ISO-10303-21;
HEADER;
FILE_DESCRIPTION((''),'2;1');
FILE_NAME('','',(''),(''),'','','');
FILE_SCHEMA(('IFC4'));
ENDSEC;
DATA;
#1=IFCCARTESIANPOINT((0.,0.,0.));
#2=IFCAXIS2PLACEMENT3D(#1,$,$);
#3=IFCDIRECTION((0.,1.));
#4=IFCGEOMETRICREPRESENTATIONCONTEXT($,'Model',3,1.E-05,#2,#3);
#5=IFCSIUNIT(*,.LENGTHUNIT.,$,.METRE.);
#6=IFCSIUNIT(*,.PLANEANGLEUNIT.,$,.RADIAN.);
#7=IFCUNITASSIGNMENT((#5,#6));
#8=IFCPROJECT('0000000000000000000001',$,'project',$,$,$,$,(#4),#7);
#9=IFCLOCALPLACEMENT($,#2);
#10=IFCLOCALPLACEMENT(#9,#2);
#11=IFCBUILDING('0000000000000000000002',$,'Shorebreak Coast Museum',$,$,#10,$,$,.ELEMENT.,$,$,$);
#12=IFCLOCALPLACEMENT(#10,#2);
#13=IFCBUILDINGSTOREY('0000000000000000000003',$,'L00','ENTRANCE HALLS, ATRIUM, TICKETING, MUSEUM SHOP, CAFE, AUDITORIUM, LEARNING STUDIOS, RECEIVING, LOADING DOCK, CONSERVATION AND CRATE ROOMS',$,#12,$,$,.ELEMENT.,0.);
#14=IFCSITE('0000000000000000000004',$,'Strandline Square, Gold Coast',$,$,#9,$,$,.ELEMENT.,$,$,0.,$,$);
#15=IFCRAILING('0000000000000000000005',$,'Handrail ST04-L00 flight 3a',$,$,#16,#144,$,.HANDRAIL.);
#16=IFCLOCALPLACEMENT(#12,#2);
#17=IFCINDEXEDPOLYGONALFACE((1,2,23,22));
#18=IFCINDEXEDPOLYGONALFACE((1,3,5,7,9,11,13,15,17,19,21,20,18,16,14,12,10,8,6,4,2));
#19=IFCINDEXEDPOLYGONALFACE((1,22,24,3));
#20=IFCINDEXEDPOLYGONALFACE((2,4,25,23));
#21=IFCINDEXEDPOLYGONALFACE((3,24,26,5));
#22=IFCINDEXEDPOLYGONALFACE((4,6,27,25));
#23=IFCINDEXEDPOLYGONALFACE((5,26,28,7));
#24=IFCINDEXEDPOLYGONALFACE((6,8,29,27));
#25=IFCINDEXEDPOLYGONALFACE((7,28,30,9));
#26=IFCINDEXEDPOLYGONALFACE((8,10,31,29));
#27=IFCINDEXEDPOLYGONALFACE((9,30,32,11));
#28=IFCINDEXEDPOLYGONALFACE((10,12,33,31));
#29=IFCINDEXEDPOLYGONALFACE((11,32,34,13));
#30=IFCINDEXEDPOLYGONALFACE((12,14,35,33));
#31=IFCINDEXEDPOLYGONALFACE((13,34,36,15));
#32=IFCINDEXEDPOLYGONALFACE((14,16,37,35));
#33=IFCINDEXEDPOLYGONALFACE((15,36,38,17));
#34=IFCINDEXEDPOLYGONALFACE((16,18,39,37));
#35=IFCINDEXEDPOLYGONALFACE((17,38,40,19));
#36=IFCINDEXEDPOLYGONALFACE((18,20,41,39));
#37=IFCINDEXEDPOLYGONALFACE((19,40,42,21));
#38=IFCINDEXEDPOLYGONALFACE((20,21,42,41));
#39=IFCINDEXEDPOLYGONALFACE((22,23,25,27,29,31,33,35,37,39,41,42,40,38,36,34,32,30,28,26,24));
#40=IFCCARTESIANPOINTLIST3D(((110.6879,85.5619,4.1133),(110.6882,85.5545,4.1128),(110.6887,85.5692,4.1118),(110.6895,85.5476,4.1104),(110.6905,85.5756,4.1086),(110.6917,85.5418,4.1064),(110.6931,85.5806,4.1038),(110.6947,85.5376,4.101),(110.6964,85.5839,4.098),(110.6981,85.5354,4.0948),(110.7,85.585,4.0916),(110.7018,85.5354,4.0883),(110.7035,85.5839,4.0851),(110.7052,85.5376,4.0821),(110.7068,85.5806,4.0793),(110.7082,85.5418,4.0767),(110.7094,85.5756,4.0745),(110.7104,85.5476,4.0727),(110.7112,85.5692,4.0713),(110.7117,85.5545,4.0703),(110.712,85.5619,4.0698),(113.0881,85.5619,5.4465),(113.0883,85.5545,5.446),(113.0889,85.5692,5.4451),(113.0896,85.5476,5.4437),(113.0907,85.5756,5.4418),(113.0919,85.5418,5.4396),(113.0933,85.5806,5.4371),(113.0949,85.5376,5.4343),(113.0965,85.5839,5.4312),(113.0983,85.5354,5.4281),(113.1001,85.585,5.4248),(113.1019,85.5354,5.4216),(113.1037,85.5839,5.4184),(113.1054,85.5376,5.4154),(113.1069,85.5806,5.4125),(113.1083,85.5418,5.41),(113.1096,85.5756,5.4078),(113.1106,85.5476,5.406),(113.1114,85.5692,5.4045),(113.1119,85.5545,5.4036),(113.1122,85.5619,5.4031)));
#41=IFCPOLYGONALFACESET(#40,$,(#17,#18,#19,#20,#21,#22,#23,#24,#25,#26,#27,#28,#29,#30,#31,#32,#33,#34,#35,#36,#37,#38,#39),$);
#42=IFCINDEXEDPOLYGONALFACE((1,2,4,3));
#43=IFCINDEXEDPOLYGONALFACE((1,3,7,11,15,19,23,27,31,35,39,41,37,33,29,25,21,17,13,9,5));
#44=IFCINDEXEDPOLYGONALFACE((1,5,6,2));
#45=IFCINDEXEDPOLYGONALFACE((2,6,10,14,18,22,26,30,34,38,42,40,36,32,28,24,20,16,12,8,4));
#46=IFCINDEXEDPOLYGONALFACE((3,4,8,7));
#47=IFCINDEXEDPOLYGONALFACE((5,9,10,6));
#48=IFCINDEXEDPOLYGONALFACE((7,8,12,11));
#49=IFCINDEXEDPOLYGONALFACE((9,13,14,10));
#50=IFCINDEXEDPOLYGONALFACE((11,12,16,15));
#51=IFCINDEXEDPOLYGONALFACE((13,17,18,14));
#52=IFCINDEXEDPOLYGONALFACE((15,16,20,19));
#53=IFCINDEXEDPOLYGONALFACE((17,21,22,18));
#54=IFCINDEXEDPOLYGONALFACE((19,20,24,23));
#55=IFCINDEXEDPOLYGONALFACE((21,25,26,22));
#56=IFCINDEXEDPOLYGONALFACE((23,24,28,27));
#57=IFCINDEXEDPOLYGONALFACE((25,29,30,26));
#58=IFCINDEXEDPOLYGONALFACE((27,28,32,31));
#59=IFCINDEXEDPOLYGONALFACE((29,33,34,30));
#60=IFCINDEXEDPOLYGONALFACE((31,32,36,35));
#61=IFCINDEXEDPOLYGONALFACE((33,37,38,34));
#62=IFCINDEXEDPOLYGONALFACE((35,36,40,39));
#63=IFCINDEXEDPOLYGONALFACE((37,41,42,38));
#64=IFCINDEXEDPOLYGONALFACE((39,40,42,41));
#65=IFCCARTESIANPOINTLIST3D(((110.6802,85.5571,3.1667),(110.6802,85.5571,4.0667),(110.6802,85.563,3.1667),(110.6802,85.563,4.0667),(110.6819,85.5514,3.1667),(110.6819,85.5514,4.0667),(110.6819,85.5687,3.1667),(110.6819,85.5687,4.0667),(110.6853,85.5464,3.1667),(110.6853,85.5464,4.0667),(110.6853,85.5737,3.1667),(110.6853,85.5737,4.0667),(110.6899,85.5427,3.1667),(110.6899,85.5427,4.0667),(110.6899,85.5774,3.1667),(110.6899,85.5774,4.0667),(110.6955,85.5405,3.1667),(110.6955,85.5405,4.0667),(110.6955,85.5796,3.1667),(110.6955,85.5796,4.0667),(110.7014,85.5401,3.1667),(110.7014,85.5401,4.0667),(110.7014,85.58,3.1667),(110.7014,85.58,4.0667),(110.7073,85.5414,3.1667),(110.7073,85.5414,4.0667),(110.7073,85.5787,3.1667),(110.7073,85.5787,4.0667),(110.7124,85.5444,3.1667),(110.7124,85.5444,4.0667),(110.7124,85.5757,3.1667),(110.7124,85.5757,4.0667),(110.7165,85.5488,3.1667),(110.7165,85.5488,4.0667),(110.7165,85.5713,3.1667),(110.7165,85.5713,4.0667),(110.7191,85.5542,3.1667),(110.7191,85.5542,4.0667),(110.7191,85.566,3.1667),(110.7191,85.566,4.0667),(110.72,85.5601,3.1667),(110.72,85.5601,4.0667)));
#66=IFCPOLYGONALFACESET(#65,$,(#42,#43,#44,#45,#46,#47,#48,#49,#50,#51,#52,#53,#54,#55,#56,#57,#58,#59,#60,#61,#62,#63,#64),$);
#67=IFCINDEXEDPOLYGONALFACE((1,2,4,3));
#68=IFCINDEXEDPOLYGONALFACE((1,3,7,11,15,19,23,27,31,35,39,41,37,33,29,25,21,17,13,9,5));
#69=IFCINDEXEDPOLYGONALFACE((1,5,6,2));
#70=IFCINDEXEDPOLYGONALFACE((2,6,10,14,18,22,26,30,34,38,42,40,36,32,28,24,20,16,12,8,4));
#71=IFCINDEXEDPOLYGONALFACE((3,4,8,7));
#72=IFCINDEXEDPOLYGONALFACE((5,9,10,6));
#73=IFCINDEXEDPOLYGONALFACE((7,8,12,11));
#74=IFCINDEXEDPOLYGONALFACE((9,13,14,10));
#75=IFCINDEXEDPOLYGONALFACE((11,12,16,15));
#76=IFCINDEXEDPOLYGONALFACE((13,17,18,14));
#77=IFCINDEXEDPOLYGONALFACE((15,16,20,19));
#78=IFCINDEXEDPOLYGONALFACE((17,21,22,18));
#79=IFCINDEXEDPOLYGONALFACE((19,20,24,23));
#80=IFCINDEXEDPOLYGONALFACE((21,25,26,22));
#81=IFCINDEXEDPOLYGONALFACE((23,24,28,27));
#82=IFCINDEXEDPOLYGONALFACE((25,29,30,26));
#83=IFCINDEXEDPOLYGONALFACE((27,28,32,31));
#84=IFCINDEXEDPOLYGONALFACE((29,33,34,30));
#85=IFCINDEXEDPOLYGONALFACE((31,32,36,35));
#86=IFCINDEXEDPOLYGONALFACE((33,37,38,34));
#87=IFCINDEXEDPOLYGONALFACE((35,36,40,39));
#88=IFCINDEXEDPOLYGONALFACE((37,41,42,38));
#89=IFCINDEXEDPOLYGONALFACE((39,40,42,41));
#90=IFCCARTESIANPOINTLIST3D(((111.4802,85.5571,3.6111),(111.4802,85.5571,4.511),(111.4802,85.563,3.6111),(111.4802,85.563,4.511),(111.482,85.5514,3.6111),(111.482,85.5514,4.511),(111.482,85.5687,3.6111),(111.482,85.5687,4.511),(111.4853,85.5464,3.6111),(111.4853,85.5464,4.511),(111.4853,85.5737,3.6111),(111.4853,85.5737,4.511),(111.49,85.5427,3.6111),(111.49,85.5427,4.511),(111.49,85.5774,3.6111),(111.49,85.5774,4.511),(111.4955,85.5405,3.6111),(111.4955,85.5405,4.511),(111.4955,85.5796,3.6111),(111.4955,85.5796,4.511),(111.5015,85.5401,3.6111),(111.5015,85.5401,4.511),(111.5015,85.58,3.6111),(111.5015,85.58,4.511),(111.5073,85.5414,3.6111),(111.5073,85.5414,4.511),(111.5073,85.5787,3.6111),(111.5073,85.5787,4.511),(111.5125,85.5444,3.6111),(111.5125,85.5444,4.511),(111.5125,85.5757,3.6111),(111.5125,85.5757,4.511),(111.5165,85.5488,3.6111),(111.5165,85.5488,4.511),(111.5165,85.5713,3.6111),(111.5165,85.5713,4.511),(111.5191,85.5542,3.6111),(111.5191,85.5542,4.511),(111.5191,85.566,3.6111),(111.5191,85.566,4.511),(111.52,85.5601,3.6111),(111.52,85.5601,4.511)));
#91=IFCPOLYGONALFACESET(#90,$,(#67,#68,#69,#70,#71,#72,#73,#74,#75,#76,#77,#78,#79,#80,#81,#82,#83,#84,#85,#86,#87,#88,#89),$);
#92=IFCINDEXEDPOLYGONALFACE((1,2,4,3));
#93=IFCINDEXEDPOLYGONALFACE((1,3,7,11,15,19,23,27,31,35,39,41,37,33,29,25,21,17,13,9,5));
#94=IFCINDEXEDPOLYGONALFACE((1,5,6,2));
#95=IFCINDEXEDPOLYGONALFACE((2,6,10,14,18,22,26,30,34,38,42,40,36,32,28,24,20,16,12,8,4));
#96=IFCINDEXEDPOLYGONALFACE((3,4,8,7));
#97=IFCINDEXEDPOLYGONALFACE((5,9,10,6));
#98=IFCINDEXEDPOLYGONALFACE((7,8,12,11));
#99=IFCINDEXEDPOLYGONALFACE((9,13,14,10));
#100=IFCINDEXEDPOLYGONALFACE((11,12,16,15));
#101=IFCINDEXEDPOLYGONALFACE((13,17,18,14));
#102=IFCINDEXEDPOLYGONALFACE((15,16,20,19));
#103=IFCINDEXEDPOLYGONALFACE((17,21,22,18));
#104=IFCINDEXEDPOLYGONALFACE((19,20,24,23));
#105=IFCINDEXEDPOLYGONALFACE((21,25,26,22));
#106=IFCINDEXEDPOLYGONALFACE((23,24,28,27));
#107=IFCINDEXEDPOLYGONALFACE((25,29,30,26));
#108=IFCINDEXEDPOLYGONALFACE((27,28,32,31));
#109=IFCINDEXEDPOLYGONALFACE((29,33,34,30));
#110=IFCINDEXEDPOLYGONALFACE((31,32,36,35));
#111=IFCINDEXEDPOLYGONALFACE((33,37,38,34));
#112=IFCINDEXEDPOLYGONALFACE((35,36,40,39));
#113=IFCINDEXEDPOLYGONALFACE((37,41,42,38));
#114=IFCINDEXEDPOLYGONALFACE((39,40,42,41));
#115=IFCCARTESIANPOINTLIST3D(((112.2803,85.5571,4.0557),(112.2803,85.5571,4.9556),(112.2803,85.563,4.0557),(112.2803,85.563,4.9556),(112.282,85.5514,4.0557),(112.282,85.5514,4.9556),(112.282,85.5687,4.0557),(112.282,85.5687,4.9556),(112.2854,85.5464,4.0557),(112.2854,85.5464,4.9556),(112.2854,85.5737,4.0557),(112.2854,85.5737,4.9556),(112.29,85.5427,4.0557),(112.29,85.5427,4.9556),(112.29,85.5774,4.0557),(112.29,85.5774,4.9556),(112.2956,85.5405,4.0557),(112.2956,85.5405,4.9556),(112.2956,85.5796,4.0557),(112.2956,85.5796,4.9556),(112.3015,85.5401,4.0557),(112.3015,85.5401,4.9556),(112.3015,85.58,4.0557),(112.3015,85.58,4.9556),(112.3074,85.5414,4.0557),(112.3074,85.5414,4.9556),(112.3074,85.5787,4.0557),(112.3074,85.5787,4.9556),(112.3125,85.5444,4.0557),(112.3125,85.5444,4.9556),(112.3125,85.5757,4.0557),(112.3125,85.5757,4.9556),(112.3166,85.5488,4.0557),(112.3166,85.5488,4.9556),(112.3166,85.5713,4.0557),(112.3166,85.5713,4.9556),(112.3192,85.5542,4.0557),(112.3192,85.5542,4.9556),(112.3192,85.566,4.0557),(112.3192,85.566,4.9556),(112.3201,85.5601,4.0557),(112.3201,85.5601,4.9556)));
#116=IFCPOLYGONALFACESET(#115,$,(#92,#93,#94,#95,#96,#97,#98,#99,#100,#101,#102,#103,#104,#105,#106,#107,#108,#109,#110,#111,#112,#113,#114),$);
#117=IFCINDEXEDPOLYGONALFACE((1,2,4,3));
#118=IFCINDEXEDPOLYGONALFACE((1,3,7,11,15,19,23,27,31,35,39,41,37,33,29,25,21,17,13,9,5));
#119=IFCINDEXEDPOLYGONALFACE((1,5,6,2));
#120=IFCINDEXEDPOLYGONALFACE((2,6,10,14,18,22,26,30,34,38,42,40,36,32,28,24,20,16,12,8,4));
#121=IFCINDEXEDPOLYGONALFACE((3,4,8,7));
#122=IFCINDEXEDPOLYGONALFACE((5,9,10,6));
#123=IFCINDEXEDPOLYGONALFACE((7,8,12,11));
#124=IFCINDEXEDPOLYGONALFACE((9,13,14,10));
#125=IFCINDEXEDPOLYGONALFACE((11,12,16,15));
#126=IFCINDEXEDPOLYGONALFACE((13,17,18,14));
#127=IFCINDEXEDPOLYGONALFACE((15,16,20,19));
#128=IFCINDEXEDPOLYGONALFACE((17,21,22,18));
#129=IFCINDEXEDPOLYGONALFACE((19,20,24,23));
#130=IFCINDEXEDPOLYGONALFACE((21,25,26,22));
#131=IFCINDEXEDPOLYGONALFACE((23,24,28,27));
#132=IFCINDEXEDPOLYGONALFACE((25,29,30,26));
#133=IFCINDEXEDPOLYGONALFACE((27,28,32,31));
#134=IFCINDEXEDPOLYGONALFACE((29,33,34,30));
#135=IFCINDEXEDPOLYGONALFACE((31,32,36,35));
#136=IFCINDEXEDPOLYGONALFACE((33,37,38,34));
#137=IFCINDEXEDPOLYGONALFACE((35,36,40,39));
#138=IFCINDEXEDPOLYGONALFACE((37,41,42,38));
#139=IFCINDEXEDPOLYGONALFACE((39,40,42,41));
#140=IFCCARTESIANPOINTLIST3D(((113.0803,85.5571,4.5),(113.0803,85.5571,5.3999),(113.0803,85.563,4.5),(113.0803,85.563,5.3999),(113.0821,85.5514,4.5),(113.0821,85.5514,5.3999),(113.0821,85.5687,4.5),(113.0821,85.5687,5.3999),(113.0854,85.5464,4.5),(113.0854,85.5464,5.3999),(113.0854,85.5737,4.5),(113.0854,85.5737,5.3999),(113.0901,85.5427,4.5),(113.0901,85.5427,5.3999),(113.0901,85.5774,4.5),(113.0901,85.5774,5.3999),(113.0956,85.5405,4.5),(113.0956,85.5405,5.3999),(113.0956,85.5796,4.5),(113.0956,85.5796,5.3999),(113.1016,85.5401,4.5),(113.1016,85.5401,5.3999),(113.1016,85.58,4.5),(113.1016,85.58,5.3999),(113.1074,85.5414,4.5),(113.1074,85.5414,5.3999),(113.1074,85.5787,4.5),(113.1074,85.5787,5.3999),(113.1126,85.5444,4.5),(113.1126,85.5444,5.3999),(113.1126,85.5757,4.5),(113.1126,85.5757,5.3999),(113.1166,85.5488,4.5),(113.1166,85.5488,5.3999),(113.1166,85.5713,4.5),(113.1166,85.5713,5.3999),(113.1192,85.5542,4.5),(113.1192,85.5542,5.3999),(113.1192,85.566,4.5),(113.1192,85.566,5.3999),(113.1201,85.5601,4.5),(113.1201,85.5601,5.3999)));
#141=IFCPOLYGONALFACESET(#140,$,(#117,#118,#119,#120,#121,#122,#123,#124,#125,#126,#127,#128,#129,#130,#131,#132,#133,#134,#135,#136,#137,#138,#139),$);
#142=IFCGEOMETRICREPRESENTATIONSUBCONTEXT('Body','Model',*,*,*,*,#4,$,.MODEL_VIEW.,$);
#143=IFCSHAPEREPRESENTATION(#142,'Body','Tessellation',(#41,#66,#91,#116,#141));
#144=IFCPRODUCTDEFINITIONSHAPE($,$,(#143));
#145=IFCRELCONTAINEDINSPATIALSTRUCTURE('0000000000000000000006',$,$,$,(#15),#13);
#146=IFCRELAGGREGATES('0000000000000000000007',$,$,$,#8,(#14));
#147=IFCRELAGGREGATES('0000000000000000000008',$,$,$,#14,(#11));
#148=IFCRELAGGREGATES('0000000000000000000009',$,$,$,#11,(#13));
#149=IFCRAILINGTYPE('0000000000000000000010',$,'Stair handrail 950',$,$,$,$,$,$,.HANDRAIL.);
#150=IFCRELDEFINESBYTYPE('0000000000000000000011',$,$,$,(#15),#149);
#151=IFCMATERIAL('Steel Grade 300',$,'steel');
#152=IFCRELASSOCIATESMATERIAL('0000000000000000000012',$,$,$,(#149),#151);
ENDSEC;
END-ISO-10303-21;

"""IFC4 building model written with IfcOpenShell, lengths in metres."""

from ifc_helpers import new_model, si_unit, direction, frame, origin, origin_2d, place, context, subcontext, project, spatial, circle, extrude, material, type_object, element, save


model = new_model("IFC4")

# Units and contexts
model_context = context("Model", 3, precision=1e-05, world=origin(), true_north=direction((0.0, 1.0)))
body_context = subcontext(model_context, "Body", "Model", "MODEL_VIEW")
ifc_project = project(units=[si_unit("LENGTHUNIT", "METRE"), si_unit("PLANEANGLEUNIT", "RADIAN")], contexts=[model_context])

# Site, building, storey
site_placement = place(None, origin())
site = spatial("IfcSite", under=ifc_project, at=site_placement, Name="Strandline Square, Gold Coast", CompositionType="ELEMENT", RefElevation=0.0)
building_placement = place(site_placement, origin())
building = spatial("IfcBuilding", under=site, at=building_placement, Name="Shorebreak Coast Museum", CompositionType="ELEMENT")
storey_placement = place(building_placement, origin())
storey = spatial("IfcBuildingStorey", under=building, at=storey_placement, Name="L00", Description="ENTRANCE HALLS, ATRIUM, TICKETING, MUSEUM SHOP, CAFE, AUDITORIUM, LEARNING STUDIOS, RECEIVING, LOADING DOCK, CONSERVATION AND CRATE ROOMS", CompositionType="ELEMENT", Elevation=0.0)

# Railing
ifc_material_1 = material(Name="Steel Grade 300", Category="steel")
railing_type_1 = type_object("IfcRailingType", Name="Stair handrail 950", PredefinedType="HANDRAIL", material=ifc_material_1)
for number, where, name in (
    (1, (110.7, 85.5601, 3.1667), "Handrail ST04-L00 flight 3a"),
):
    element("IfcRailing", number, at=place(storey_placement, frame(where)), inside=storey, type_object=railing_type_1, Name=name, PredefinedType="HANDRAIL", context=body_context, shape_type="SweptSolid", body=[
        extrude(circle(Radius=0.0249, at=origin_2d()), frame((0.0, 0.0, 0.9248), z_axis=(0.874182, 0.0, 0.485598), x_axis=(0.0, 1.0, 0.0)), (0.0, 0.0, 1.0), 2.7456),
        extrude(circle(Radius=0.02, at=origin_2d()), origin(), (0.0, 0.0, 1.0), 0.8999),
        extrude(circle(Radius=0.02, at=origin_2d()), frame((0.8, 0.0, 0.4443)), (0.0, 0.0, 1.0), 0.8999),
        extrude(circle(Radius=0.02, at=origin_2d()), frame((1.6001, 0.0, 0.8889)), (0.0, 0.0, 1.0), 0.8999),
        extrude(circle(Radius=0.02, at=origin_2d()), frame((2.4001, 0.0, 1.3333)), (0.0, 0.0, 1.0), 0.8999),
    ])

save(model, "model.ifc")
